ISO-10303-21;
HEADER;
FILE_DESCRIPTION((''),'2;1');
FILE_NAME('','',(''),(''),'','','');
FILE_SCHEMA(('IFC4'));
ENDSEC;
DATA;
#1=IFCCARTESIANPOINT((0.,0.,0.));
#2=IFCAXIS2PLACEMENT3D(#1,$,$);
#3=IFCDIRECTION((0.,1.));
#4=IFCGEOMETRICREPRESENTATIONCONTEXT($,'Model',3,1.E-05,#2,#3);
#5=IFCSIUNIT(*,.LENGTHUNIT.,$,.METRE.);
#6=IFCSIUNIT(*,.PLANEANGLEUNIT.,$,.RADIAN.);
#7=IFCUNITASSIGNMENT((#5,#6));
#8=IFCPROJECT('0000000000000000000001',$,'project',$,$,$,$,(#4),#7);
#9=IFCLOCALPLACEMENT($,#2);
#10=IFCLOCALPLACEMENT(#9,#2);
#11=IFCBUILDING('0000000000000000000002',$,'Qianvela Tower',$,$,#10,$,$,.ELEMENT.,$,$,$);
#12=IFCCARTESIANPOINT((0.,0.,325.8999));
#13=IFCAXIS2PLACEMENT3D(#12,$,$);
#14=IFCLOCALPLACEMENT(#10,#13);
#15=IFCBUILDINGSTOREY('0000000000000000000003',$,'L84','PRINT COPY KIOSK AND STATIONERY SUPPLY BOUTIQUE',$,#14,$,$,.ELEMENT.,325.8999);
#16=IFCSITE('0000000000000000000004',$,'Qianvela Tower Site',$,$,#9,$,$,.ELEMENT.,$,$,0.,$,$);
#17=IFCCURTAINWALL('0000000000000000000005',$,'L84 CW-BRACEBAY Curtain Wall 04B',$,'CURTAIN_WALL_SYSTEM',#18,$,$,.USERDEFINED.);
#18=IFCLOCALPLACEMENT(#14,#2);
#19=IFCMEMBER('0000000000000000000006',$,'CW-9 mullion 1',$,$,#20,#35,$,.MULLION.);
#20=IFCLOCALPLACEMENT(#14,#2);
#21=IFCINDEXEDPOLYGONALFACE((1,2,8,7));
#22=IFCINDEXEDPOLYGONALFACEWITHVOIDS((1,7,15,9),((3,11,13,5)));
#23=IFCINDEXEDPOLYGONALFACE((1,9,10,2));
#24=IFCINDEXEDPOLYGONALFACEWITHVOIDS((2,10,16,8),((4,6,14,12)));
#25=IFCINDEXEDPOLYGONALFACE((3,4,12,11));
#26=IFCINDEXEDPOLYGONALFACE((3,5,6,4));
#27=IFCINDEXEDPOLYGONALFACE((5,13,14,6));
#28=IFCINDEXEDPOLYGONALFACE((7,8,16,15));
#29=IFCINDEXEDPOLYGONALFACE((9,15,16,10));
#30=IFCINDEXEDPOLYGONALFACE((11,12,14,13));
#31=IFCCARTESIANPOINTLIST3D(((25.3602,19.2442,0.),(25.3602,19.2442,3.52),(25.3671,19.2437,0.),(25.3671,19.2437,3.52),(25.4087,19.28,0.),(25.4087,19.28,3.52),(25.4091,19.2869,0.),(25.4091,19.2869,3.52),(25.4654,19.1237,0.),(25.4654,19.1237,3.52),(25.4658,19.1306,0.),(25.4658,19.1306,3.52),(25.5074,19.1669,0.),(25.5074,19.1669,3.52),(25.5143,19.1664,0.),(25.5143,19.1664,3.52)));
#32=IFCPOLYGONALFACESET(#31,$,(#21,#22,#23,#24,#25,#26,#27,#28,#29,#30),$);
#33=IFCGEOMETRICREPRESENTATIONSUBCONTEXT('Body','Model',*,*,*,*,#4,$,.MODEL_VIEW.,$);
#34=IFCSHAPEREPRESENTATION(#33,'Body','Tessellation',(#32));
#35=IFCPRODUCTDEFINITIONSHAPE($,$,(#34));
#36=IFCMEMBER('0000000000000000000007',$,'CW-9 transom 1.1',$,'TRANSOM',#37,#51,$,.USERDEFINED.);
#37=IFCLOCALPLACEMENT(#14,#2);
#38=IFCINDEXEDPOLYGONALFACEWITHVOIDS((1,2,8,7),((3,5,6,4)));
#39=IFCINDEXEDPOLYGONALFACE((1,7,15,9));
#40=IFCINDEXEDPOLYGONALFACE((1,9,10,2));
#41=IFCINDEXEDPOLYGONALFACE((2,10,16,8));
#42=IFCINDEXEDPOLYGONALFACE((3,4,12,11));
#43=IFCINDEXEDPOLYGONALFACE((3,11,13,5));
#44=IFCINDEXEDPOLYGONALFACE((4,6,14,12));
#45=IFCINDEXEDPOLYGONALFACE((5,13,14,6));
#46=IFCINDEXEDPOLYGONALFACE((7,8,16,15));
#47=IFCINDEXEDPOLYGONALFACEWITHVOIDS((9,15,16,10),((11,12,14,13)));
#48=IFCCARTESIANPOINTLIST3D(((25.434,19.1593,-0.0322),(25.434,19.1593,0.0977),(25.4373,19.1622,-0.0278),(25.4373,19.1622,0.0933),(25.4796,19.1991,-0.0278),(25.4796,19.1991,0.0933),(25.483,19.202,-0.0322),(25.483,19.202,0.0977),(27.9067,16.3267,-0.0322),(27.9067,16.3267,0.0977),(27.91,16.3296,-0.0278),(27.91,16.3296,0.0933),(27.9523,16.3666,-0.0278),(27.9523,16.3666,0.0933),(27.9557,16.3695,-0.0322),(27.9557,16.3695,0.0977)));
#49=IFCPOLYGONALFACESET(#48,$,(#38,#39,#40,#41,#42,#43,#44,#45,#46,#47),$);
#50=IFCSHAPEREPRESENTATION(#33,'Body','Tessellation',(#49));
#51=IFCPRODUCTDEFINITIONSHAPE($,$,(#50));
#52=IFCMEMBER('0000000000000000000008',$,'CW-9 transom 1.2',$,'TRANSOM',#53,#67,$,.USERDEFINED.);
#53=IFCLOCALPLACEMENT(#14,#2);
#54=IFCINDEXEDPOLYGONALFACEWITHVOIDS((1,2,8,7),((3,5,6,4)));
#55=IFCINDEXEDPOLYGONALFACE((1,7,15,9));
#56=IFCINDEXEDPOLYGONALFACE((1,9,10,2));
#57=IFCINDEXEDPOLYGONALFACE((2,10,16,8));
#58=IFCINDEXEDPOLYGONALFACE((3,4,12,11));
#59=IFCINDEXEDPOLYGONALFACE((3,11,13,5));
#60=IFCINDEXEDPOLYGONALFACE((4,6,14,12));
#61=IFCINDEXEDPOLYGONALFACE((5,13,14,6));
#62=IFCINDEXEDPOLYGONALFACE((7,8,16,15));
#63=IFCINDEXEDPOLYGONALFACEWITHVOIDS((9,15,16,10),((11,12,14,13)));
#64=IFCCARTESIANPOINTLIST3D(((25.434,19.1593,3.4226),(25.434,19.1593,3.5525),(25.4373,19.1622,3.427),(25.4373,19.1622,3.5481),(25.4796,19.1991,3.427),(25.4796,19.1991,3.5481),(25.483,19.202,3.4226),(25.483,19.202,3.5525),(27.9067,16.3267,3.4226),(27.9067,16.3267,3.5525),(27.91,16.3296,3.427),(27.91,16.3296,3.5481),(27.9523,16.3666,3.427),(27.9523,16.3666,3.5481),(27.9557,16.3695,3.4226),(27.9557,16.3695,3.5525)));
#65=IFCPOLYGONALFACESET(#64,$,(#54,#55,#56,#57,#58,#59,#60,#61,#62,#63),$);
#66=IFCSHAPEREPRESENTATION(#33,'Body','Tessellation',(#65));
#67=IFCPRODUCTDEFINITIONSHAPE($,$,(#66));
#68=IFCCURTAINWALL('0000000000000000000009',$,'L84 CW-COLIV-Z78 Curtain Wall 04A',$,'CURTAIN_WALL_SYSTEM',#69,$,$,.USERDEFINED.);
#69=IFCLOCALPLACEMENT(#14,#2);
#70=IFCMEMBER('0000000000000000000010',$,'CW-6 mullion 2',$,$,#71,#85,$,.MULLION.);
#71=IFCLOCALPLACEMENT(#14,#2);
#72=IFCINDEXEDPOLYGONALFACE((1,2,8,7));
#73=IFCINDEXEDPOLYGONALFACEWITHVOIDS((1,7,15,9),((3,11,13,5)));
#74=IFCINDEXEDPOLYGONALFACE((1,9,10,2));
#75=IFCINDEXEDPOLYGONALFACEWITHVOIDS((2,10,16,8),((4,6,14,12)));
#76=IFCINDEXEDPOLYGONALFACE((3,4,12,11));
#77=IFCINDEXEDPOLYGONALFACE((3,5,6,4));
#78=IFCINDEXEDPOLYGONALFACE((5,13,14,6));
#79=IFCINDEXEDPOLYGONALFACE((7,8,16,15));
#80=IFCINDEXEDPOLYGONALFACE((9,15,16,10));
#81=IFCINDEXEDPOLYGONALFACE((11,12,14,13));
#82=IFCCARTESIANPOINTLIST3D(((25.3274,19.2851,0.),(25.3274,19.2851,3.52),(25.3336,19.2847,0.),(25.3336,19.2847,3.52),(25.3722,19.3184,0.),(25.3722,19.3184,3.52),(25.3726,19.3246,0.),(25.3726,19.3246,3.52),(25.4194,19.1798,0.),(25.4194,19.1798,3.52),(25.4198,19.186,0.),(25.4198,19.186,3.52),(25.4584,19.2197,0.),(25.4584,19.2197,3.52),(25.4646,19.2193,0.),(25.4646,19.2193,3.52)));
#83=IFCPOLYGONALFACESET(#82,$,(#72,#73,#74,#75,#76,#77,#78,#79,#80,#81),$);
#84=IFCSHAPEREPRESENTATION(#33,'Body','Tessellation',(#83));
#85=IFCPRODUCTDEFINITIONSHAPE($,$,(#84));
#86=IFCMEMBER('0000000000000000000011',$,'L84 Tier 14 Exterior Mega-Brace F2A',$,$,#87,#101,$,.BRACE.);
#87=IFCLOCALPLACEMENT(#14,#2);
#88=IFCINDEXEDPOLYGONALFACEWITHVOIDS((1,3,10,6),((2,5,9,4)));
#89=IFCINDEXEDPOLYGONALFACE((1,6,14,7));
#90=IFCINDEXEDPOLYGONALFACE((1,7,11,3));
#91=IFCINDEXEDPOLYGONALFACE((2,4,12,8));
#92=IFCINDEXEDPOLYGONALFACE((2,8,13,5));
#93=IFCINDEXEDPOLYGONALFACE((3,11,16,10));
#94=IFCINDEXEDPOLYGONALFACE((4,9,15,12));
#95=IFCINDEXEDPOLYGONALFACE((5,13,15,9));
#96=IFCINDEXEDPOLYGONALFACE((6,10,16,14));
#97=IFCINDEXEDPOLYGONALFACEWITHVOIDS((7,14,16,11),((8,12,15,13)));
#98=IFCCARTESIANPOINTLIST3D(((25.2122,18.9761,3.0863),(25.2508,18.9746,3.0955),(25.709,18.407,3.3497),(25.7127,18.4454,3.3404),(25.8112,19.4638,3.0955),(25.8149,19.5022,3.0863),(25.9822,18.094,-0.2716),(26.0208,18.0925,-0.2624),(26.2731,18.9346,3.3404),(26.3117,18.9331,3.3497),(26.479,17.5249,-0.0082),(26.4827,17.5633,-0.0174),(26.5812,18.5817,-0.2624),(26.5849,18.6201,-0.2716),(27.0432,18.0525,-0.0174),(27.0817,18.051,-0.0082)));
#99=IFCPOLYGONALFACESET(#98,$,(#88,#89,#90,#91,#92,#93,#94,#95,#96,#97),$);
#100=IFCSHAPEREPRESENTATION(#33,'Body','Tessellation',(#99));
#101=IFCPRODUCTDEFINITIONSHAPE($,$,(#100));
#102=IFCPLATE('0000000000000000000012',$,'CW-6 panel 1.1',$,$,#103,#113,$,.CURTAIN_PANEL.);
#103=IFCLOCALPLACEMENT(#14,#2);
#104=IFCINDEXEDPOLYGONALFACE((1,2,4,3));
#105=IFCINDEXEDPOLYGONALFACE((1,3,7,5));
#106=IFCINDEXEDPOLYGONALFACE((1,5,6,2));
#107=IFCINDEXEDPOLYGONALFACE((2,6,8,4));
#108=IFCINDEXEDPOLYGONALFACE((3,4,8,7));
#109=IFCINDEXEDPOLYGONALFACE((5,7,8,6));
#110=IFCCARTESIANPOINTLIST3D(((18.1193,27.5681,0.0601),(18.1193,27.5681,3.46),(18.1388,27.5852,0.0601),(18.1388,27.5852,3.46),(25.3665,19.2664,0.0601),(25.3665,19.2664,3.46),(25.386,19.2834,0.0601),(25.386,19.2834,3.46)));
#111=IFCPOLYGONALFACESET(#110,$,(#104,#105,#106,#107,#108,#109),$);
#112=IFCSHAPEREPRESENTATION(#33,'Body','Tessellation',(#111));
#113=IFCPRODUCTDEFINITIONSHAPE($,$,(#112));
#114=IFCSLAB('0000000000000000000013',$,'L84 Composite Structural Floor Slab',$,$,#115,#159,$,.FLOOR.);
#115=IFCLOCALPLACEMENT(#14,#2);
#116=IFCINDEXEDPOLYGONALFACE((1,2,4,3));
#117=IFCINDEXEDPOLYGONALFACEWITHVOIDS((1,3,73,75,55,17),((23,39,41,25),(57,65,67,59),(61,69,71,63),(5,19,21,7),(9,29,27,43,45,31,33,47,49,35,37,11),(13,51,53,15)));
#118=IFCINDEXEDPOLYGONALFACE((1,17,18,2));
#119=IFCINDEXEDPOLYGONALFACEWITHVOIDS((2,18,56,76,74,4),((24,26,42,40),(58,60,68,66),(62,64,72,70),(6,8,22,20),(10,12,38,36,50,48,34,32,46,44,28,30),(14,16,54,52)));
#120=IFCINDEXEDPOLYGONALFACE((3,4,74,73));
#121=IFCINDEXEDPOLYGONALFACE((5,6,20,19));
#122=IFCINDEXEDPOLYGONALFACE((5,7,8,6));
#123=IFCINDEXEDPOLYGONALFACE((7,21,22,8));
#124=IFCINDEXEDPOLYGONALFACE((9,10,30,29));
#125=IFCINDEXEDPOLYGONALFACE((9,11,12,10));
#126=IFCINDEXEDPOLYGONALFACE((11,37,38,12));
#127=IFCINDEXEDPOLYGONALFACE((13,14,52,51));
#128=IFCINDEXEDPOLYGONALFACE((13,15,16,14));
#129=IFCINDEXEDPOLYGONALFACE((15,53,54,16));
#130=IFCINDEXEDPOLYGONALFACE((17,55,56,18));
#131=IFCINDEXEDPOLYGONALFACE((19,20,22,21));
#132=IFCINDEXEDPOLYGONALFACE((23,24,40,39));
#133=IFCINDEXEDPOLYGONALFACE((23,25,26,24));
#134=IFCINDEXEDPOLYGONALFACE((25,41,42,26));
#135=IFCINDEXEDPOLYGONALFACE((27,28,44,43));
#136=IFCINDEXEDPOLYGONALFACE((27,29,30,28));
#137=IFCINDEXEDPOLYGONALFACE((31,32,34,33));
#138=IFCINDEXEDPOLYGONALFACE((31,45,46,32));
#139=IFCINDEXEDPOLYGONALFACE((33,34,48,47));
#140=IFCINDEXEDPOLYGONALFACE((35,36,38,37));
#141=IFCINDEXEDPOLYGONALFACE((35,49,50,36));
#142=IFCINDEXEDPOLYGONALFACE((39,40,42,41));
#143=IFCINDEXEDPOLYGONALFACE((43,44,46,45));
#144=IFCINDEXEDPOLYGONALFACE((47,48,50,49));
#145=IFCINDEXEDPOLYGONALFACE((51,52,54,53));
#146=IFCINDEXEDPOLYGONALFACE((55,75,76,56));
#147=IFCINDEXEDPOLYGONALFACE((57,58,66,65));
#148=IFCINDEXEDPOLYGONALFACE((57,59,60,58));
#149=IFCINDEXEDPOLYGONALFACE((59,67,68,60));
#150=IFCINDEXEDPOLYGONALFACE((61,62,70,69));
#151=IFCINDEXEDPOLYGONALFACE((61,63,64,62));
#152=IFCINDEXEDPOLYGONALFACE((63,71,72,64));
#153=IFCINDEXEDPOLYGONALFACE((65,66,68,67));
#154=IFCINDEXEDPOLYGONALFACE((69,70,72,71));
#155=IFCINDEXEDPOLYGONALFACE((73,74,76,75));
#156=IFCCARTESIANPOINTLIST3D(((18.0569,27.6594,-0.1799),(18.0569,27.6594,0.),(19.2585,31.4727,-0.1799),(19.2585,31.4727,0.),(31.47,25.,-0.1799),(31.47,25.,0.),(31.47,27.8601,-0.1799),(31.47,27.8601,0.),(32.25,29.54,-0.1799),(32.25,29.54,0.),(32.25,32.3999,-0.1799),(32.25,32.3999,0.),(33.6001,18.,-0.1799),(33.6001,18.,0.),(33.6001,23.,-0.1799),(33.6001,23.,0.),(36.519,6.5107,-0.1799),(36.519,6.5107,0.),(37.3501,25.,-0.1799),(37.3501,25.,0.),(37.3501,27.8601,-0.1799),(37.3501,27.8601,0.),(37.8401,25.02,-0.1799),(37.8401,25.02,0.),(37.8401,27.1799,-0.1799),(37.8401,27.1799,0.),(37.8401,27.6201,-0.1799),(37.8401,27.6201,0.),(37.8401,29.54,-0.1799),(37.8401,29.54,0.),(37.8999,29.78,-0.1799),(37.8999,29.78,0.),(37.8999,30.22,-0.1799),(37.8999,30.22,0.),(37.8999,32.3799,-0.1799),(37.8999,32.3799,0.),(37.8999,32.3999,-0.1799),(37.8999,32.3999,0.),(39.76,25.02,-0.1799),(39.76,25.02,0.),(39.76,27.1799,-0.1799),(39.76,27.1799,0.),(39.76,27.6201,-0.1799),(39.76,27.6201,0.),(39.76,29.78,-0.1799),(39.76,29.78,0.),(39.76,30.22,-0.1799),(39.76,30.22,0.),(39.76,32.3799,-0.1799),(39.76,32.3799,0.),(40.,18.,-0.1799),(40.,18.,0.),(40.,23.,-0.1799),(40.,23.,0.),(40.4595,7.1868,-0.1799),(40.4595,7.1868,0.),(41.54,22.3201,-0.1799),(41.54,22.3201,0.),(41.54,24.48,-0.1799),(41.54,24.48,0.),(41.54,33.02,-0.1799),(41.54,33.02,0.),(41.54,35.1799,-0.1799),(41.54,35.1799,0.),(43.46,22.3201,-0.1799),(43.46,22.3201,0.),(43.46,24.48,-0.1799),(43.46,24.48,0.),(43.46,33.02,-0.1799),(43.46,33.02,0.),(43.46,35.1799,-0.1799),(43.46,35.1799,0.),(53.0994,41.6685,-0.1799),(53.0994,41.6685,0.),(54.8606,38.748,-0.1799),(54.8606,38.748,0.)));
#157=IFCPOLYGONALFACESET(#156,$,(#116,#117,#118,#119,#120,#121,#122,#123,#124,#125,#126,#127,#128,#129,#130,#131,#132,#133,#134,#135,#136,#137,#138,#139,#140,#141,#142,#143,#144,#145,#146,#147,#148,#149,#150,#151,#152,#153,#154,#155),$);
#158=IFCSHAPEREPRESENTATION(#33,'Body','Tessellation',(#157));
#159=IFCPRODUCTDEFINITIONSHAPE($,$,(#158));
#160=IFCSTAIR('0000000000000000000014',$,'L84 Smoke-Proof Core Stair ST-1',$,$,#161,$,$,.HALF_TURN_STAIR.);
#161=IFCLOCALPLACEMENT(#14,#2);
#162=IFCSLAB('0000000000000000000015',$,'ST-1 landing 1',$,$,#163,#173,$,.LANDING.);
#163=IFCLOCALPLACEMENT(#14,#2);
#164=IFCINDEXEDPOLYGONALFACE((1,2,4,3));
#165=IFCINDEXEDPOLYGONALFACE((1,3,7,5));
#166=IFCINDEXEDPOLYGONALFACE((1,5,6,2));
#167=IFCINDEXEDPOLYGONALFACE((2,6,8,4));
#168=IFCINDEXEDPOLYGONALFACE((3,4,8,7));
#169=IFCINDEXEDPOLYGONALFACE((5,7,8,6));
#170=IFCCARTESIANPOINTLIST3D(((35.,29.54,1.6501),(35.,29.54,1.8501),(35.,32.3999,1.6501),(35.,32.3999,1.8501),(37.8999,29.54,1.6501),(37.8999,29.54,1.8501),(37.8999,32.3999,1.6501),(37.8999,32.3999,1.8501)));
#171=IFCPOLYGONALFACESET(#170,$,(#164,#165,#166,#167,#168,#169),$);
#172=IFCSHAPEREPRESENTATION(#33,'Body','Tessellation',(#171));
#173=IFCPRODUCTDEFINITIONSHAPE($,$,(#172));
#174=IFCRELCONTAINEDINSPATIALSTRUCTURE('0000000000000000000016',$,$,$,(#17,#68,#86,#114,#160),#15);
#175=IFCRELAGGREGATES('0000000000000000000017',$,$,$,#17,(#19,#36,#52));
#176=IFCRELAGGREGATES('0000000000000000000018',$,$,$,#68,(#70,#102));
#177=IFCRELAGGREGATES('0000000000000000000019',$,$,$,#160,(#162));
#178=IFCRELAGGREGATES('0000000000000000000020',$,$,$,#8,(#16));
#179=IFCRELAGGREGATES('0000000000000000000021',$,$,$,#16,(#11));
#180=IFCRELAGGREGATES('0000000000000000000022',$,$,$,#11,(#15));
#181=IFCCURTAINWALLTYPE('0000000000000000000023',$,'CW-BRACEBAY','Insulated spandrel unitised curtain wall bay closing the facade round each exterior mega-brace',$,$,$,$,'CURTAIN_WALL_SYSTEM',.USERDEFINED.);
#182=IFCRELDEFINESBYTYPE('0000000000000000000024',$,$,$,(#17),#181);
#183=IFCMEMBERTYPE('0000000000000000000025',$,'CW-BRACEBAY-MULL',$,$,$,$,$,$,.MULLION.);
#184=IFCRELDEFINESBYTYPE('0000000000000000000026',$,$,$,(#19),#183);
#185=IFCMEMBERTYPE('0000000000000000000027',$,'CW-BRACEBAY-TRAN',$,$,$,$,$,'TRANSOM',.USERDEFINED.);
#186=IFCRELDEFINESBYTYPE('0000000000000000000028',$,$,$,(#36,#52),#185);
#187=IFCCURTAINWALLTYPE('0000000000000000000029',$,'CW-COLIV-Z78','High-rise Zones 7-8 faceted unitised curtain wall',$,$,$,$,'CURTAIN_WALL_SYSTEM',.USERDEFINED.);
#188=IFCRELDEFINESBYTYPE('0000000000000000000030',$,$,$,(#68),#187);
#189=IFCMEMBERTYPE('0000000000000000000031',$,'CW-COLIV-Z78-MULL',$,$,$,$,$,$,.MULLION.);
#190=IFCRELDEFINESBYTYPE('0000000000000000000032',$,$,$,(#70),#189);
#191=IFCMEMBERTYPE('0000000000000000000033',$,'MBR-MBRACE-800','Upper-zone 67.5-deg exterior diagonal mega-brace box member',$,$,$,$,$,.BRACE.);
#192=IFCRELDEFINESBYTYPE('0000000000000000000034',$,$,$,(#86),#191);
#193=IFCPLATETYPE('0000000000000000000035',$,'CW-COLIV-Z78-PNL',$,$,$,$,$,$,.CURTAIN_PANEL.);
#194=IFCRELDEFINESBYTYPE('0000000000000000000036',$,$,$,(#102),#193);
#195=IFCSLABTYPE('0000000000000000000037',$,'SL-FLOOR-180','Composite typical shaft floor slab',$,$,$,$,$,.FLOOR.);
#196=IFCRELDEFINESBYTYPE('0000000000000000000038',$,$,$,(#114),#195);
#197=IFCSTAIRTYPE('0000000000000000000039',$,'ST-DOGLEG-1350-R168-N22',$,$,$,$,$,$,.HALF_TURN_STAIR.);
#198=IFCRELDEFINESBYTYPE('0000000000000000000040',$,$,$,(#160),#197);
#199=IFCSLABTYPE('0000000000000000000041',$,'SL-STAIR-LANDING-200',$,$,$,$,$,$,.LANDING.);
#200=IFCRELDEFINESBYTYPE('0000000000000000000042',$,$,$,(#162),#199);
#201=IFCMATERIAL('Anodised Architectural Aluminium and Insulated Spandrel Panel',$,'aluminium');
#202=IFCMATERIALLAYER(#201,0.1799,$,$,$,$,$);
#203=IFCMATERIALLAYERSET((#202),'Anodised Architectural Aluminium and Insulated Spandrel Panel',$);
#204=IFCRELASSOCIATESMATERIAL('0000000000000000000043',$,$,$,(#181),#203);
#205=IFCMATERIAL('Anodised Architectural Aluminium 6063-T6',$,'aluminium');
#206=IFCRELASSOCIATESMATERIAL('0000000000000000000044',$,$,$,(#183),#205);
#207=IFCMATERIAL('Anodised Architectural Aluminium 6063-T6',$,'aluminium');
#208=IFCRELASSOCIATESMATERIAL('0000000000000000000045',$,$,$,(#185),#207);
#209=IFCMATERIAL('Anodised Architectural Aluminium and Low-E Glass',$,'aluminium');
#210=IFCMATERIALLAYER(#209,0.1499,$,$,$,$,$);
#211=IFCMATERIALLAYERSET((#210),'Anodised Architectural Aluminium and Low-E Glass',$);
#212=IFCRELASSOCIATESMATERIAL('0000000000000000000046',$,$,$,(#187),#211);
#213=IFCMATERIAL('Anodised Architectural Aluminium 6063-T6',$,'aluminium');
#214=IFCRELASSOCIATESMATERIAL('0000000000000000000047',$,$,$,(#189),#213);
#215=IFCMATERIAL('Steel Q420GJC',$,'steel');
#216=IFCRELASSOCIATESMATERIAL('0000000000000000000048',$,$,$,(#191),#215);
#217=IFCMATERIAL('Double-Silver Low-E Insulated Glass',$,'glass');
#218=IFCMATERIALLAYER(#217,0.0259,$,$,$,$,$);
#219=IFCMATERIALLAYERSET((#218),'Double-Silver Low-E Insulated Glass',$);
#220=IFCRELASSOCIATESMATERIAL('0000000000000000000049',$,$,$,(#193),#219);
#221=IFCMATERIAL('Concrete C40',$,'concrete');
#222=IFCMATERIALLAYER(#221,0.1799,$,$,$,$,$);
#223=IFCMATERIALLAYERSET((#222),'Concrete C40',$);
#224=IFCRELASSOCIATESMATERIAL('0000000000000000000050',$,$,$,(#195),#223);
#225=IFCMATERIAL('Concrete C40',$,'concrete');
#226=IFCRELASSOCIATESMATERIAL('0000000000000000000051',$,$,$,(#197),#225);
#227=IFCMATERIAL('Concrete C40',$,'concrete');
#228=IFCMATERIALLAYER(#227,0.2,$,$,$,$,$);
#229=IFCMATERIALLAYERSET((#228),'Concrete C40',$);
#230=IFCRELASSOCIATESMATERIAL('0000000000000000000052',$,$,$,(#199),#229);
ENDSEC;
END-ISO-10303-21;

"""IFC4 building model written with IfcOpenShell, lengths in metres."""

from ifc_helpers import new_model, si_unit, direction, frame, origin, origin_2d, place, context, subcontext, project, spatial, polyline, rectangle, hollow_rectangle, outline, extrude, material, layer, layer_set, material_profile, profile_set, type_object, element, aggregate, save


model = new_model("IFC4")

# Units and contexts
model_context = context("Model", 3, precision=1e-05, world=origin(), true_north=direction((0.0, 1.0)))
body_context = subcontext(model_context, "Body", "Model", "MODEL_VIEW")
ifc_project = project(units=[si_unit("LENGTHUNIT", "METRE"), si_unit("PLANEANGLEUNIT", "RADIAN")], contexts=[model_context])

# Site, building, storey
site_placement = place(None, origin())
site = spatial("IfcSite", under=ifc_project, at=site_placement, Name="Qianvela Tower Site", CompositionType="ELEMENT", RefElevation=0.0)
building_placement = place(site_placement, origin())
building = spatial("IfcBuilding", under=site, at=building_placement, Name="Qianvela Tower", CompositionType="ELEMENT")
storey_placement = place(building_placement, frame((0.0, 0.0, 325.8999)))
storey = spatial("IfcBuildingStorey", under=building, at=storey_placement, Name="L84", Description="PRINT COPY KIOSK AND STATIONERY SUPPLY BOUTIQUE", CompositionType="ELEMENT", Elevation=325.8999)

# Curtain wall, members
ifc_material_1 = material(Name="Anodised Architectural Aluminium and Insulated Spandrel Panel", Category="aluminium")
ifc_layer_1 = layer(ifc_material_1, 0.1799)
ifc_layer_set_1 = layer_set([ifc_layer_1], Name="Anodised Architectural Aluminium and Insulated Spandrel Panel")
curtain_wall_type_1 = type_object("IfcCurtainWallType", Name="CW-BRACEBAY", Description="Insulated spandrel unitised curtain wall bay closing the facade round each exterior mega-brace", ElementType="CURTAIN_WALL_SYSTEM", PredefinedType="USERDEFINED", material=ifc_layer_set_1)
curtain_wall_1_placement = place(storey_placement, origin())
curtain_wall_1 = element("IfcCurtainWall", 1, at=curtain_wall_1_placement, inside=storey, type_object=curtain_wall_type_1, Name="L84 CW-BRACEBAY Curtain Wall 04B", ObjectType="CURTAIN_WALL_SYSTEM", PredefinedType="USERDEFINED")
ifc_material_2 = material(Name="Anodised Architectural Aluminium 6063-T6", Category="aluminium")
ifc_material_profile_1 = material_profile(ifc_material_2, hollow_rectangle(XDim=0.0649, YDim=0.1599, WallThickness=0.0049, at=origin_2d()), Name="ALU-MULL-65x160")
ifc_profile_set_1 = profile_set([ifc_material_profile_1], Name="Anodised Architectural Aluminium 6063-T6")
member_type_1 = type_object("IfcMemberType", Name="CW-BRACEBAY-MULL", PredefinedType="MULLION", material=ifc_profile_set_1)
member_1_placement = place(storey_placement, frame((25.4373, 19.2053, 0.0), z_axis=(0.0, 0.0, 1.0), x_axis=(0.753339, 0.657632, 0.0)))
member_1 = element("IfcMember", 2, at=member_1_placement, type_object=member_type_1, Name="CW-9 mullion 1", PredefinedType="MULLION", context=body_context, shape_type="SweptSolid", body=[
    extrude(hollow_rectangle(XDim=0.0649, YDim=0.1599, WallThickness=0.0049, at=origin_2d()), origin(), (0.0, 0.0, 1.0), 3.52),
])
ifc_material_3 = material(Name="Anodised Architectural Aluminium 6063-T6", Category="aluminium")
ifc_material_profile_2 = material_profile(ifc_material_3, hollow_rectangle(XDim=0.0649, YDim=0.1299, WallThickness=0.0044, at=origin_2d()), Name="ALU-TRAN-65x130")
ifc_profile_set_2 = profile_set([ifc_material_profile_2], Name="Anodised Architectural Aluminium 6063-T6")
member_type_2 = type_object("IfcMemberType", Name="CW-BRACEBAY-TRAN", ElementType="TRANSOM", PredefinedType="USERDEFINED", material=ifc_profile_set_2)
member_2_placement = place(storey_placement, frame((25.4585, 19.1807, 0.0327), z_axis=(0.657631, -0.75334, 0.0), x_axis=(0.75334, 0.657631, 0.0)))
member_2 = element("IfcMember", 3, at=member_2_placement, type_object=member_type_2, Name="CW-9 transom 1.1", ObjectType="TRANSOM", PredefinedType="USERDEFINED", context=body_context, shape_type="SweptSolid", body=[
    extrude(hollow_rectangle(XDim=0.0649, YDim=0.1299, WallThickness=0.0044, at=origin_2d()), origin(), (0.0, 0.0, 1.0), 3.76),
])
member_3_placement = place(storey_placement, frame((25.4585, 19.1807, 3.4875), z_axis=(0.657631, -0.75334, 0.0), x_axis=(0.75334, 0.657631, 0.0)))
member_3 = element("IfcMember", 4, at=member_3_placement, type_object=member_type_2, Name="CW-9 transom 1.2", ObjectType="TRANSOM", PredefinedType="USERDEFINED", context=body_context, shape_type="SweptSolid", body=[
    extrude(hollow_rectangle(XDim=0.0649, YDim=0.1299, WallThickness=0.0044, at=origin_2d()), origin(), (0.0, 0.0, 1.0), 3.76),
])
aggregate(curtain_wall_1, [member_1, member_2, member_3])

# Curtain wall, member
ifc_material_4 = material(Name="Anodised Architectural Aluminium and Low-E Glass", Category="aluminium")
ifc_layer_2 = layer(ifc_material_4, 0.1499)
ifc_layer_set_2 = layer_set([ifc_layer_2], Name="Anodised Architectural Aluminium and Low-E Glass")
curtain_wall_type_2 = type_object("IfcCurtainWallType", Name="CW-COLIV-Z78", Description="High-rise Zones 7-8 faceted unitised curtain wall", ElementType="CURTAIN_WALL_SYSTEM", PredefinedType="USERDEFINED", material=ifc_layer_set_2)
curtain_wall_2_placement = place(storey_placement, origin())
curtain_wall_2 = element("IfcCurtainWall", 5, at=curtain_wall_2_placement, inside=storey, type_object=curtain_wall_type_2, Name="L84 CW-COLIV-Z78 Curtain Wall 04A", ObjectType="CURTAIN_WALL_SYSTEM", PredefinedType="USERDEFINED")
ifc_material_5 = material(Name="Anodised Architectural Aluminium 6063-T6", Category="aluminium")
ifc_material_profile_3 = material_profile(ifc_material_5, hollow_rectangle(XDim=0.0601, YDim=0.1399, WallThickness=0.0044, at=origin_2d()), Name="ALU-MULL-60x140")
ifc_profile_set_3 = profile_set([ifc_material_profile_3], Name="Anodised Architectural Aluminium 6063-T6")
member_type_3 = type_object("IfcMemberType", Name="CW-COLIV-Z78-MULL", PredefinedType="MULLION", material=ifc_profile_set_3)
member_4_placement = place(storey_placement, frame((25.396, 19.2522, 0.0), z_axis=(0.0, 0.0, 1.0), x_axis=(0.753332, 0.657641, 0.0)))
member_4 = element("IfcMember", 6, at=member_4_placement, type_object=member_type_3, Name="CW-6 mullion 2", PredefinedType="MULLION", context=body_context, shape_type="SweptSolid", body=[
    extrude(hollow_rectangle(XDim=0.0601, YDim=0.1399, WallThickness=0.0044, at=origin_2d()), origin(), (0.0, 0.0, 1.0), 3.52),
])

# Member
ifc_material_6 = material(Name="Steel Q420GJC", Category="steel")
ifc_material_profile_4 = material_profile(ifc_material_6, hollow_rectangle(XDim=0.8, YDim=0.8, WallThickness=0.0281, at=origin_2d()), Name="MBOX-800x800x28")
ifc_profile_set_4 = profile_set([ifc_material_profile_4], Name="Steel Q420GJC")
member_type_4 = type_object("IfcMemberType", Name="MBR-MBRACE-800", Description="Upper-zone 67.5-deg exterior diagonal mega-brace box member", PredefinedType="BRACE", material=ifc_profile_set_4)
member_5_placement = place(storey_placement, frame((26.532, 18.0725, -0.1399), z_axis=(-0.216529, 0.24804, 0.944241), x_axis=(-0.753338, -0.657633, 0.0)))
element("IfcMember", 7, at=member_5_placement, inside=storey, type_object=member_type_4, Name="L84 Tier 14 Exterior Mega-Brace F2A", PredefinedType="BRACE", context=body_context, shape_type="SweptSolid", body=[
    extrude(hollow_rectangle(XDim=0.8, YDim=0.8, WallThickness=0.0281, at=origin_2d()), origin(), (0.0, 0.0, 1.0), 3.5562),
])

# Plate
ifc_material_7 = material(Name="Double-Silver Low-E Insulated Glass", Category="glass")
ifc_layer_3 = layer(ifc_material_7, 0.0259)
ifc_layer_set_3 = layer_set([ifc_layer_3], Name="Double-Silver Low-E Insulated Glass")
plate_type = type_object("IfcPlateType", Name="CW-COLIV-Z78-PNL", PredefinedType="CURTAIN_PANEL", material=ifc_layer_set_3)
plate_placement = place(storey_placement, frame((21.7527, 23.4258, 0.0601), z_axis=(0.0, 0.0, 1.0), x_axis=(0.657641, -0.753332, 0.0)))
plate = element("IfcPlate", 8, at=plate_placement, type_object=plate_type, Name="CW-6 panel 1.1", PredefinedType="CURTAIN_PANEL", context=body_context, shape_type="SweptSolid", body=[
    extrude(rectangle(XDim=11.02, YDim=0.0259, at=origin_2d()), origin(), (0.0, 0.0, 1.0), 3.3999),
])
aggregate(curtain_wall_2, [member_4, plate])

# Slab
ifc_material_8 = material(Name="Concrete C40", Category="concrete")
ifc_layer_4 = layer(ifc_material_8, 0.1799)
ifc_layer_set_4 = layer_set([ifc_layer_4], Name="Concrete C40")
slab_type_1 = type_object("IfcSlabType", Name="SL-FLOOR-180", Description="Composite typical shaft floor slab", PredefinedType="FLOOR", material=ifc_layer_set_4)
slab_1_placement = place(storey_placement, frame((0.0, 0.0, -0.1799)))
element("IfcSlab", 9, at=slab_1_placement, inside=storey, type_object=slab_type_1, Name="L84 Composite Structural Floor Slab", PredefinedType="FLOOR", context=body_context, shape_type="SweptSolid", body=[
    extrude(outline(polyline([(54.8606, 38.748), (53.0994, 41.6685), (19.2585, 31.4727), (18.0569, 27.6594), (36.519, 6.5107), (40.4595, 7.1868), (54.8606, 38.748)]), holes=[polyline([(40.0, 23.0), (33.6001, 23.0), (33.6001, 18.0), (40.0, 18.0), (40.0, 23.0)]), polyline([(43.46, 24.48), (41.54, 24.48), (41.54, 22.3201), (43.46, 22.3201), (43.46, 24.48)]), polyline([(39.76, 27.1799), (37.8401, 27.1799), (37.8401, 25.02), (39.76, 25.02), (39.76, 27.1799)]), polyline([(37.3501, 27.8601), (31.47, 27.8601), (31.47, 25.0), (37.3501, 25.0), (37.3501, 27.8601)]), polyline([(39.76, 27.6201), (39.76, 29.78), (37.8999, 29.78), (37.8999, 30.22), (39.76, 30.22), (39.76, 32.3799), (37.8999, 32.3799), (37.8999, 32.3999), (32.25, 32.3999), (32.25, 29.54), (37.8401, 29.54), (37.8401, 27.6201), (39.76, 27.6201)]), polyline([(43.46, 35.1799), (41.54, 35.1799), (41.54, 33.02), (43.46, 33.02), (43.46, 35.1799)])]), origin(), (0.0, 0.0, 1.0), 0.1799),
])

# Stair, slab
ifc_material_9 = material(Name="Concrete C40", Category="concrete")
stair_type = type_object("IfcStairType", Name="ST-DOGLEG-1350-R168-N22", PredefinedType="HALF_TURN_STAIR", material=ifc_material_9)
stair_1_placement = place(storey_placement, origin())
stair_1 = element("IfcStair", 10, at=stair_1_placement, inside=storey, type_object=stair_type, Name="L84 Smoke-Proof Core Stair ST-1", PredefinedType="HALF_TURN_STAIR")
ifc_material_10 = material(Name="Concrete C40", Category="concrete")
ifc_layer_5 = layer(ifc_material_10, 0.2)
ifc_layer_set_5 = layer_set([ifc_layer_5], Name="Concrete C40")
slab_type_2 = type_object("IfcSlabType", Name="SL-STAIR-LANDING-200", PredefinedType="LANDING", material=ifc_layer_set_5)
slab_2_placement = place(storey_placement, frame((0.0, 0.0, 1.6501)))
slab_2 = element("IfcSlab", 11, at=slab_2_placement, type_object=slab_type_2, Name="ST-1 landing 1", PredefinedType="LANDING", context=body_context, shape_type="SweptSolid", body=[
    extrude(outline(polyline([(35.0, 29.54), (37.8999, 29.54), (37.8999, 32.3999), (35.0, 32.3999), (35.0, 29.54)])), origin(), (0.0, 0.0, 1.0), 0.2),
])
aggregate(stair_1, [slab_2])

save(model, "model.ifc")
